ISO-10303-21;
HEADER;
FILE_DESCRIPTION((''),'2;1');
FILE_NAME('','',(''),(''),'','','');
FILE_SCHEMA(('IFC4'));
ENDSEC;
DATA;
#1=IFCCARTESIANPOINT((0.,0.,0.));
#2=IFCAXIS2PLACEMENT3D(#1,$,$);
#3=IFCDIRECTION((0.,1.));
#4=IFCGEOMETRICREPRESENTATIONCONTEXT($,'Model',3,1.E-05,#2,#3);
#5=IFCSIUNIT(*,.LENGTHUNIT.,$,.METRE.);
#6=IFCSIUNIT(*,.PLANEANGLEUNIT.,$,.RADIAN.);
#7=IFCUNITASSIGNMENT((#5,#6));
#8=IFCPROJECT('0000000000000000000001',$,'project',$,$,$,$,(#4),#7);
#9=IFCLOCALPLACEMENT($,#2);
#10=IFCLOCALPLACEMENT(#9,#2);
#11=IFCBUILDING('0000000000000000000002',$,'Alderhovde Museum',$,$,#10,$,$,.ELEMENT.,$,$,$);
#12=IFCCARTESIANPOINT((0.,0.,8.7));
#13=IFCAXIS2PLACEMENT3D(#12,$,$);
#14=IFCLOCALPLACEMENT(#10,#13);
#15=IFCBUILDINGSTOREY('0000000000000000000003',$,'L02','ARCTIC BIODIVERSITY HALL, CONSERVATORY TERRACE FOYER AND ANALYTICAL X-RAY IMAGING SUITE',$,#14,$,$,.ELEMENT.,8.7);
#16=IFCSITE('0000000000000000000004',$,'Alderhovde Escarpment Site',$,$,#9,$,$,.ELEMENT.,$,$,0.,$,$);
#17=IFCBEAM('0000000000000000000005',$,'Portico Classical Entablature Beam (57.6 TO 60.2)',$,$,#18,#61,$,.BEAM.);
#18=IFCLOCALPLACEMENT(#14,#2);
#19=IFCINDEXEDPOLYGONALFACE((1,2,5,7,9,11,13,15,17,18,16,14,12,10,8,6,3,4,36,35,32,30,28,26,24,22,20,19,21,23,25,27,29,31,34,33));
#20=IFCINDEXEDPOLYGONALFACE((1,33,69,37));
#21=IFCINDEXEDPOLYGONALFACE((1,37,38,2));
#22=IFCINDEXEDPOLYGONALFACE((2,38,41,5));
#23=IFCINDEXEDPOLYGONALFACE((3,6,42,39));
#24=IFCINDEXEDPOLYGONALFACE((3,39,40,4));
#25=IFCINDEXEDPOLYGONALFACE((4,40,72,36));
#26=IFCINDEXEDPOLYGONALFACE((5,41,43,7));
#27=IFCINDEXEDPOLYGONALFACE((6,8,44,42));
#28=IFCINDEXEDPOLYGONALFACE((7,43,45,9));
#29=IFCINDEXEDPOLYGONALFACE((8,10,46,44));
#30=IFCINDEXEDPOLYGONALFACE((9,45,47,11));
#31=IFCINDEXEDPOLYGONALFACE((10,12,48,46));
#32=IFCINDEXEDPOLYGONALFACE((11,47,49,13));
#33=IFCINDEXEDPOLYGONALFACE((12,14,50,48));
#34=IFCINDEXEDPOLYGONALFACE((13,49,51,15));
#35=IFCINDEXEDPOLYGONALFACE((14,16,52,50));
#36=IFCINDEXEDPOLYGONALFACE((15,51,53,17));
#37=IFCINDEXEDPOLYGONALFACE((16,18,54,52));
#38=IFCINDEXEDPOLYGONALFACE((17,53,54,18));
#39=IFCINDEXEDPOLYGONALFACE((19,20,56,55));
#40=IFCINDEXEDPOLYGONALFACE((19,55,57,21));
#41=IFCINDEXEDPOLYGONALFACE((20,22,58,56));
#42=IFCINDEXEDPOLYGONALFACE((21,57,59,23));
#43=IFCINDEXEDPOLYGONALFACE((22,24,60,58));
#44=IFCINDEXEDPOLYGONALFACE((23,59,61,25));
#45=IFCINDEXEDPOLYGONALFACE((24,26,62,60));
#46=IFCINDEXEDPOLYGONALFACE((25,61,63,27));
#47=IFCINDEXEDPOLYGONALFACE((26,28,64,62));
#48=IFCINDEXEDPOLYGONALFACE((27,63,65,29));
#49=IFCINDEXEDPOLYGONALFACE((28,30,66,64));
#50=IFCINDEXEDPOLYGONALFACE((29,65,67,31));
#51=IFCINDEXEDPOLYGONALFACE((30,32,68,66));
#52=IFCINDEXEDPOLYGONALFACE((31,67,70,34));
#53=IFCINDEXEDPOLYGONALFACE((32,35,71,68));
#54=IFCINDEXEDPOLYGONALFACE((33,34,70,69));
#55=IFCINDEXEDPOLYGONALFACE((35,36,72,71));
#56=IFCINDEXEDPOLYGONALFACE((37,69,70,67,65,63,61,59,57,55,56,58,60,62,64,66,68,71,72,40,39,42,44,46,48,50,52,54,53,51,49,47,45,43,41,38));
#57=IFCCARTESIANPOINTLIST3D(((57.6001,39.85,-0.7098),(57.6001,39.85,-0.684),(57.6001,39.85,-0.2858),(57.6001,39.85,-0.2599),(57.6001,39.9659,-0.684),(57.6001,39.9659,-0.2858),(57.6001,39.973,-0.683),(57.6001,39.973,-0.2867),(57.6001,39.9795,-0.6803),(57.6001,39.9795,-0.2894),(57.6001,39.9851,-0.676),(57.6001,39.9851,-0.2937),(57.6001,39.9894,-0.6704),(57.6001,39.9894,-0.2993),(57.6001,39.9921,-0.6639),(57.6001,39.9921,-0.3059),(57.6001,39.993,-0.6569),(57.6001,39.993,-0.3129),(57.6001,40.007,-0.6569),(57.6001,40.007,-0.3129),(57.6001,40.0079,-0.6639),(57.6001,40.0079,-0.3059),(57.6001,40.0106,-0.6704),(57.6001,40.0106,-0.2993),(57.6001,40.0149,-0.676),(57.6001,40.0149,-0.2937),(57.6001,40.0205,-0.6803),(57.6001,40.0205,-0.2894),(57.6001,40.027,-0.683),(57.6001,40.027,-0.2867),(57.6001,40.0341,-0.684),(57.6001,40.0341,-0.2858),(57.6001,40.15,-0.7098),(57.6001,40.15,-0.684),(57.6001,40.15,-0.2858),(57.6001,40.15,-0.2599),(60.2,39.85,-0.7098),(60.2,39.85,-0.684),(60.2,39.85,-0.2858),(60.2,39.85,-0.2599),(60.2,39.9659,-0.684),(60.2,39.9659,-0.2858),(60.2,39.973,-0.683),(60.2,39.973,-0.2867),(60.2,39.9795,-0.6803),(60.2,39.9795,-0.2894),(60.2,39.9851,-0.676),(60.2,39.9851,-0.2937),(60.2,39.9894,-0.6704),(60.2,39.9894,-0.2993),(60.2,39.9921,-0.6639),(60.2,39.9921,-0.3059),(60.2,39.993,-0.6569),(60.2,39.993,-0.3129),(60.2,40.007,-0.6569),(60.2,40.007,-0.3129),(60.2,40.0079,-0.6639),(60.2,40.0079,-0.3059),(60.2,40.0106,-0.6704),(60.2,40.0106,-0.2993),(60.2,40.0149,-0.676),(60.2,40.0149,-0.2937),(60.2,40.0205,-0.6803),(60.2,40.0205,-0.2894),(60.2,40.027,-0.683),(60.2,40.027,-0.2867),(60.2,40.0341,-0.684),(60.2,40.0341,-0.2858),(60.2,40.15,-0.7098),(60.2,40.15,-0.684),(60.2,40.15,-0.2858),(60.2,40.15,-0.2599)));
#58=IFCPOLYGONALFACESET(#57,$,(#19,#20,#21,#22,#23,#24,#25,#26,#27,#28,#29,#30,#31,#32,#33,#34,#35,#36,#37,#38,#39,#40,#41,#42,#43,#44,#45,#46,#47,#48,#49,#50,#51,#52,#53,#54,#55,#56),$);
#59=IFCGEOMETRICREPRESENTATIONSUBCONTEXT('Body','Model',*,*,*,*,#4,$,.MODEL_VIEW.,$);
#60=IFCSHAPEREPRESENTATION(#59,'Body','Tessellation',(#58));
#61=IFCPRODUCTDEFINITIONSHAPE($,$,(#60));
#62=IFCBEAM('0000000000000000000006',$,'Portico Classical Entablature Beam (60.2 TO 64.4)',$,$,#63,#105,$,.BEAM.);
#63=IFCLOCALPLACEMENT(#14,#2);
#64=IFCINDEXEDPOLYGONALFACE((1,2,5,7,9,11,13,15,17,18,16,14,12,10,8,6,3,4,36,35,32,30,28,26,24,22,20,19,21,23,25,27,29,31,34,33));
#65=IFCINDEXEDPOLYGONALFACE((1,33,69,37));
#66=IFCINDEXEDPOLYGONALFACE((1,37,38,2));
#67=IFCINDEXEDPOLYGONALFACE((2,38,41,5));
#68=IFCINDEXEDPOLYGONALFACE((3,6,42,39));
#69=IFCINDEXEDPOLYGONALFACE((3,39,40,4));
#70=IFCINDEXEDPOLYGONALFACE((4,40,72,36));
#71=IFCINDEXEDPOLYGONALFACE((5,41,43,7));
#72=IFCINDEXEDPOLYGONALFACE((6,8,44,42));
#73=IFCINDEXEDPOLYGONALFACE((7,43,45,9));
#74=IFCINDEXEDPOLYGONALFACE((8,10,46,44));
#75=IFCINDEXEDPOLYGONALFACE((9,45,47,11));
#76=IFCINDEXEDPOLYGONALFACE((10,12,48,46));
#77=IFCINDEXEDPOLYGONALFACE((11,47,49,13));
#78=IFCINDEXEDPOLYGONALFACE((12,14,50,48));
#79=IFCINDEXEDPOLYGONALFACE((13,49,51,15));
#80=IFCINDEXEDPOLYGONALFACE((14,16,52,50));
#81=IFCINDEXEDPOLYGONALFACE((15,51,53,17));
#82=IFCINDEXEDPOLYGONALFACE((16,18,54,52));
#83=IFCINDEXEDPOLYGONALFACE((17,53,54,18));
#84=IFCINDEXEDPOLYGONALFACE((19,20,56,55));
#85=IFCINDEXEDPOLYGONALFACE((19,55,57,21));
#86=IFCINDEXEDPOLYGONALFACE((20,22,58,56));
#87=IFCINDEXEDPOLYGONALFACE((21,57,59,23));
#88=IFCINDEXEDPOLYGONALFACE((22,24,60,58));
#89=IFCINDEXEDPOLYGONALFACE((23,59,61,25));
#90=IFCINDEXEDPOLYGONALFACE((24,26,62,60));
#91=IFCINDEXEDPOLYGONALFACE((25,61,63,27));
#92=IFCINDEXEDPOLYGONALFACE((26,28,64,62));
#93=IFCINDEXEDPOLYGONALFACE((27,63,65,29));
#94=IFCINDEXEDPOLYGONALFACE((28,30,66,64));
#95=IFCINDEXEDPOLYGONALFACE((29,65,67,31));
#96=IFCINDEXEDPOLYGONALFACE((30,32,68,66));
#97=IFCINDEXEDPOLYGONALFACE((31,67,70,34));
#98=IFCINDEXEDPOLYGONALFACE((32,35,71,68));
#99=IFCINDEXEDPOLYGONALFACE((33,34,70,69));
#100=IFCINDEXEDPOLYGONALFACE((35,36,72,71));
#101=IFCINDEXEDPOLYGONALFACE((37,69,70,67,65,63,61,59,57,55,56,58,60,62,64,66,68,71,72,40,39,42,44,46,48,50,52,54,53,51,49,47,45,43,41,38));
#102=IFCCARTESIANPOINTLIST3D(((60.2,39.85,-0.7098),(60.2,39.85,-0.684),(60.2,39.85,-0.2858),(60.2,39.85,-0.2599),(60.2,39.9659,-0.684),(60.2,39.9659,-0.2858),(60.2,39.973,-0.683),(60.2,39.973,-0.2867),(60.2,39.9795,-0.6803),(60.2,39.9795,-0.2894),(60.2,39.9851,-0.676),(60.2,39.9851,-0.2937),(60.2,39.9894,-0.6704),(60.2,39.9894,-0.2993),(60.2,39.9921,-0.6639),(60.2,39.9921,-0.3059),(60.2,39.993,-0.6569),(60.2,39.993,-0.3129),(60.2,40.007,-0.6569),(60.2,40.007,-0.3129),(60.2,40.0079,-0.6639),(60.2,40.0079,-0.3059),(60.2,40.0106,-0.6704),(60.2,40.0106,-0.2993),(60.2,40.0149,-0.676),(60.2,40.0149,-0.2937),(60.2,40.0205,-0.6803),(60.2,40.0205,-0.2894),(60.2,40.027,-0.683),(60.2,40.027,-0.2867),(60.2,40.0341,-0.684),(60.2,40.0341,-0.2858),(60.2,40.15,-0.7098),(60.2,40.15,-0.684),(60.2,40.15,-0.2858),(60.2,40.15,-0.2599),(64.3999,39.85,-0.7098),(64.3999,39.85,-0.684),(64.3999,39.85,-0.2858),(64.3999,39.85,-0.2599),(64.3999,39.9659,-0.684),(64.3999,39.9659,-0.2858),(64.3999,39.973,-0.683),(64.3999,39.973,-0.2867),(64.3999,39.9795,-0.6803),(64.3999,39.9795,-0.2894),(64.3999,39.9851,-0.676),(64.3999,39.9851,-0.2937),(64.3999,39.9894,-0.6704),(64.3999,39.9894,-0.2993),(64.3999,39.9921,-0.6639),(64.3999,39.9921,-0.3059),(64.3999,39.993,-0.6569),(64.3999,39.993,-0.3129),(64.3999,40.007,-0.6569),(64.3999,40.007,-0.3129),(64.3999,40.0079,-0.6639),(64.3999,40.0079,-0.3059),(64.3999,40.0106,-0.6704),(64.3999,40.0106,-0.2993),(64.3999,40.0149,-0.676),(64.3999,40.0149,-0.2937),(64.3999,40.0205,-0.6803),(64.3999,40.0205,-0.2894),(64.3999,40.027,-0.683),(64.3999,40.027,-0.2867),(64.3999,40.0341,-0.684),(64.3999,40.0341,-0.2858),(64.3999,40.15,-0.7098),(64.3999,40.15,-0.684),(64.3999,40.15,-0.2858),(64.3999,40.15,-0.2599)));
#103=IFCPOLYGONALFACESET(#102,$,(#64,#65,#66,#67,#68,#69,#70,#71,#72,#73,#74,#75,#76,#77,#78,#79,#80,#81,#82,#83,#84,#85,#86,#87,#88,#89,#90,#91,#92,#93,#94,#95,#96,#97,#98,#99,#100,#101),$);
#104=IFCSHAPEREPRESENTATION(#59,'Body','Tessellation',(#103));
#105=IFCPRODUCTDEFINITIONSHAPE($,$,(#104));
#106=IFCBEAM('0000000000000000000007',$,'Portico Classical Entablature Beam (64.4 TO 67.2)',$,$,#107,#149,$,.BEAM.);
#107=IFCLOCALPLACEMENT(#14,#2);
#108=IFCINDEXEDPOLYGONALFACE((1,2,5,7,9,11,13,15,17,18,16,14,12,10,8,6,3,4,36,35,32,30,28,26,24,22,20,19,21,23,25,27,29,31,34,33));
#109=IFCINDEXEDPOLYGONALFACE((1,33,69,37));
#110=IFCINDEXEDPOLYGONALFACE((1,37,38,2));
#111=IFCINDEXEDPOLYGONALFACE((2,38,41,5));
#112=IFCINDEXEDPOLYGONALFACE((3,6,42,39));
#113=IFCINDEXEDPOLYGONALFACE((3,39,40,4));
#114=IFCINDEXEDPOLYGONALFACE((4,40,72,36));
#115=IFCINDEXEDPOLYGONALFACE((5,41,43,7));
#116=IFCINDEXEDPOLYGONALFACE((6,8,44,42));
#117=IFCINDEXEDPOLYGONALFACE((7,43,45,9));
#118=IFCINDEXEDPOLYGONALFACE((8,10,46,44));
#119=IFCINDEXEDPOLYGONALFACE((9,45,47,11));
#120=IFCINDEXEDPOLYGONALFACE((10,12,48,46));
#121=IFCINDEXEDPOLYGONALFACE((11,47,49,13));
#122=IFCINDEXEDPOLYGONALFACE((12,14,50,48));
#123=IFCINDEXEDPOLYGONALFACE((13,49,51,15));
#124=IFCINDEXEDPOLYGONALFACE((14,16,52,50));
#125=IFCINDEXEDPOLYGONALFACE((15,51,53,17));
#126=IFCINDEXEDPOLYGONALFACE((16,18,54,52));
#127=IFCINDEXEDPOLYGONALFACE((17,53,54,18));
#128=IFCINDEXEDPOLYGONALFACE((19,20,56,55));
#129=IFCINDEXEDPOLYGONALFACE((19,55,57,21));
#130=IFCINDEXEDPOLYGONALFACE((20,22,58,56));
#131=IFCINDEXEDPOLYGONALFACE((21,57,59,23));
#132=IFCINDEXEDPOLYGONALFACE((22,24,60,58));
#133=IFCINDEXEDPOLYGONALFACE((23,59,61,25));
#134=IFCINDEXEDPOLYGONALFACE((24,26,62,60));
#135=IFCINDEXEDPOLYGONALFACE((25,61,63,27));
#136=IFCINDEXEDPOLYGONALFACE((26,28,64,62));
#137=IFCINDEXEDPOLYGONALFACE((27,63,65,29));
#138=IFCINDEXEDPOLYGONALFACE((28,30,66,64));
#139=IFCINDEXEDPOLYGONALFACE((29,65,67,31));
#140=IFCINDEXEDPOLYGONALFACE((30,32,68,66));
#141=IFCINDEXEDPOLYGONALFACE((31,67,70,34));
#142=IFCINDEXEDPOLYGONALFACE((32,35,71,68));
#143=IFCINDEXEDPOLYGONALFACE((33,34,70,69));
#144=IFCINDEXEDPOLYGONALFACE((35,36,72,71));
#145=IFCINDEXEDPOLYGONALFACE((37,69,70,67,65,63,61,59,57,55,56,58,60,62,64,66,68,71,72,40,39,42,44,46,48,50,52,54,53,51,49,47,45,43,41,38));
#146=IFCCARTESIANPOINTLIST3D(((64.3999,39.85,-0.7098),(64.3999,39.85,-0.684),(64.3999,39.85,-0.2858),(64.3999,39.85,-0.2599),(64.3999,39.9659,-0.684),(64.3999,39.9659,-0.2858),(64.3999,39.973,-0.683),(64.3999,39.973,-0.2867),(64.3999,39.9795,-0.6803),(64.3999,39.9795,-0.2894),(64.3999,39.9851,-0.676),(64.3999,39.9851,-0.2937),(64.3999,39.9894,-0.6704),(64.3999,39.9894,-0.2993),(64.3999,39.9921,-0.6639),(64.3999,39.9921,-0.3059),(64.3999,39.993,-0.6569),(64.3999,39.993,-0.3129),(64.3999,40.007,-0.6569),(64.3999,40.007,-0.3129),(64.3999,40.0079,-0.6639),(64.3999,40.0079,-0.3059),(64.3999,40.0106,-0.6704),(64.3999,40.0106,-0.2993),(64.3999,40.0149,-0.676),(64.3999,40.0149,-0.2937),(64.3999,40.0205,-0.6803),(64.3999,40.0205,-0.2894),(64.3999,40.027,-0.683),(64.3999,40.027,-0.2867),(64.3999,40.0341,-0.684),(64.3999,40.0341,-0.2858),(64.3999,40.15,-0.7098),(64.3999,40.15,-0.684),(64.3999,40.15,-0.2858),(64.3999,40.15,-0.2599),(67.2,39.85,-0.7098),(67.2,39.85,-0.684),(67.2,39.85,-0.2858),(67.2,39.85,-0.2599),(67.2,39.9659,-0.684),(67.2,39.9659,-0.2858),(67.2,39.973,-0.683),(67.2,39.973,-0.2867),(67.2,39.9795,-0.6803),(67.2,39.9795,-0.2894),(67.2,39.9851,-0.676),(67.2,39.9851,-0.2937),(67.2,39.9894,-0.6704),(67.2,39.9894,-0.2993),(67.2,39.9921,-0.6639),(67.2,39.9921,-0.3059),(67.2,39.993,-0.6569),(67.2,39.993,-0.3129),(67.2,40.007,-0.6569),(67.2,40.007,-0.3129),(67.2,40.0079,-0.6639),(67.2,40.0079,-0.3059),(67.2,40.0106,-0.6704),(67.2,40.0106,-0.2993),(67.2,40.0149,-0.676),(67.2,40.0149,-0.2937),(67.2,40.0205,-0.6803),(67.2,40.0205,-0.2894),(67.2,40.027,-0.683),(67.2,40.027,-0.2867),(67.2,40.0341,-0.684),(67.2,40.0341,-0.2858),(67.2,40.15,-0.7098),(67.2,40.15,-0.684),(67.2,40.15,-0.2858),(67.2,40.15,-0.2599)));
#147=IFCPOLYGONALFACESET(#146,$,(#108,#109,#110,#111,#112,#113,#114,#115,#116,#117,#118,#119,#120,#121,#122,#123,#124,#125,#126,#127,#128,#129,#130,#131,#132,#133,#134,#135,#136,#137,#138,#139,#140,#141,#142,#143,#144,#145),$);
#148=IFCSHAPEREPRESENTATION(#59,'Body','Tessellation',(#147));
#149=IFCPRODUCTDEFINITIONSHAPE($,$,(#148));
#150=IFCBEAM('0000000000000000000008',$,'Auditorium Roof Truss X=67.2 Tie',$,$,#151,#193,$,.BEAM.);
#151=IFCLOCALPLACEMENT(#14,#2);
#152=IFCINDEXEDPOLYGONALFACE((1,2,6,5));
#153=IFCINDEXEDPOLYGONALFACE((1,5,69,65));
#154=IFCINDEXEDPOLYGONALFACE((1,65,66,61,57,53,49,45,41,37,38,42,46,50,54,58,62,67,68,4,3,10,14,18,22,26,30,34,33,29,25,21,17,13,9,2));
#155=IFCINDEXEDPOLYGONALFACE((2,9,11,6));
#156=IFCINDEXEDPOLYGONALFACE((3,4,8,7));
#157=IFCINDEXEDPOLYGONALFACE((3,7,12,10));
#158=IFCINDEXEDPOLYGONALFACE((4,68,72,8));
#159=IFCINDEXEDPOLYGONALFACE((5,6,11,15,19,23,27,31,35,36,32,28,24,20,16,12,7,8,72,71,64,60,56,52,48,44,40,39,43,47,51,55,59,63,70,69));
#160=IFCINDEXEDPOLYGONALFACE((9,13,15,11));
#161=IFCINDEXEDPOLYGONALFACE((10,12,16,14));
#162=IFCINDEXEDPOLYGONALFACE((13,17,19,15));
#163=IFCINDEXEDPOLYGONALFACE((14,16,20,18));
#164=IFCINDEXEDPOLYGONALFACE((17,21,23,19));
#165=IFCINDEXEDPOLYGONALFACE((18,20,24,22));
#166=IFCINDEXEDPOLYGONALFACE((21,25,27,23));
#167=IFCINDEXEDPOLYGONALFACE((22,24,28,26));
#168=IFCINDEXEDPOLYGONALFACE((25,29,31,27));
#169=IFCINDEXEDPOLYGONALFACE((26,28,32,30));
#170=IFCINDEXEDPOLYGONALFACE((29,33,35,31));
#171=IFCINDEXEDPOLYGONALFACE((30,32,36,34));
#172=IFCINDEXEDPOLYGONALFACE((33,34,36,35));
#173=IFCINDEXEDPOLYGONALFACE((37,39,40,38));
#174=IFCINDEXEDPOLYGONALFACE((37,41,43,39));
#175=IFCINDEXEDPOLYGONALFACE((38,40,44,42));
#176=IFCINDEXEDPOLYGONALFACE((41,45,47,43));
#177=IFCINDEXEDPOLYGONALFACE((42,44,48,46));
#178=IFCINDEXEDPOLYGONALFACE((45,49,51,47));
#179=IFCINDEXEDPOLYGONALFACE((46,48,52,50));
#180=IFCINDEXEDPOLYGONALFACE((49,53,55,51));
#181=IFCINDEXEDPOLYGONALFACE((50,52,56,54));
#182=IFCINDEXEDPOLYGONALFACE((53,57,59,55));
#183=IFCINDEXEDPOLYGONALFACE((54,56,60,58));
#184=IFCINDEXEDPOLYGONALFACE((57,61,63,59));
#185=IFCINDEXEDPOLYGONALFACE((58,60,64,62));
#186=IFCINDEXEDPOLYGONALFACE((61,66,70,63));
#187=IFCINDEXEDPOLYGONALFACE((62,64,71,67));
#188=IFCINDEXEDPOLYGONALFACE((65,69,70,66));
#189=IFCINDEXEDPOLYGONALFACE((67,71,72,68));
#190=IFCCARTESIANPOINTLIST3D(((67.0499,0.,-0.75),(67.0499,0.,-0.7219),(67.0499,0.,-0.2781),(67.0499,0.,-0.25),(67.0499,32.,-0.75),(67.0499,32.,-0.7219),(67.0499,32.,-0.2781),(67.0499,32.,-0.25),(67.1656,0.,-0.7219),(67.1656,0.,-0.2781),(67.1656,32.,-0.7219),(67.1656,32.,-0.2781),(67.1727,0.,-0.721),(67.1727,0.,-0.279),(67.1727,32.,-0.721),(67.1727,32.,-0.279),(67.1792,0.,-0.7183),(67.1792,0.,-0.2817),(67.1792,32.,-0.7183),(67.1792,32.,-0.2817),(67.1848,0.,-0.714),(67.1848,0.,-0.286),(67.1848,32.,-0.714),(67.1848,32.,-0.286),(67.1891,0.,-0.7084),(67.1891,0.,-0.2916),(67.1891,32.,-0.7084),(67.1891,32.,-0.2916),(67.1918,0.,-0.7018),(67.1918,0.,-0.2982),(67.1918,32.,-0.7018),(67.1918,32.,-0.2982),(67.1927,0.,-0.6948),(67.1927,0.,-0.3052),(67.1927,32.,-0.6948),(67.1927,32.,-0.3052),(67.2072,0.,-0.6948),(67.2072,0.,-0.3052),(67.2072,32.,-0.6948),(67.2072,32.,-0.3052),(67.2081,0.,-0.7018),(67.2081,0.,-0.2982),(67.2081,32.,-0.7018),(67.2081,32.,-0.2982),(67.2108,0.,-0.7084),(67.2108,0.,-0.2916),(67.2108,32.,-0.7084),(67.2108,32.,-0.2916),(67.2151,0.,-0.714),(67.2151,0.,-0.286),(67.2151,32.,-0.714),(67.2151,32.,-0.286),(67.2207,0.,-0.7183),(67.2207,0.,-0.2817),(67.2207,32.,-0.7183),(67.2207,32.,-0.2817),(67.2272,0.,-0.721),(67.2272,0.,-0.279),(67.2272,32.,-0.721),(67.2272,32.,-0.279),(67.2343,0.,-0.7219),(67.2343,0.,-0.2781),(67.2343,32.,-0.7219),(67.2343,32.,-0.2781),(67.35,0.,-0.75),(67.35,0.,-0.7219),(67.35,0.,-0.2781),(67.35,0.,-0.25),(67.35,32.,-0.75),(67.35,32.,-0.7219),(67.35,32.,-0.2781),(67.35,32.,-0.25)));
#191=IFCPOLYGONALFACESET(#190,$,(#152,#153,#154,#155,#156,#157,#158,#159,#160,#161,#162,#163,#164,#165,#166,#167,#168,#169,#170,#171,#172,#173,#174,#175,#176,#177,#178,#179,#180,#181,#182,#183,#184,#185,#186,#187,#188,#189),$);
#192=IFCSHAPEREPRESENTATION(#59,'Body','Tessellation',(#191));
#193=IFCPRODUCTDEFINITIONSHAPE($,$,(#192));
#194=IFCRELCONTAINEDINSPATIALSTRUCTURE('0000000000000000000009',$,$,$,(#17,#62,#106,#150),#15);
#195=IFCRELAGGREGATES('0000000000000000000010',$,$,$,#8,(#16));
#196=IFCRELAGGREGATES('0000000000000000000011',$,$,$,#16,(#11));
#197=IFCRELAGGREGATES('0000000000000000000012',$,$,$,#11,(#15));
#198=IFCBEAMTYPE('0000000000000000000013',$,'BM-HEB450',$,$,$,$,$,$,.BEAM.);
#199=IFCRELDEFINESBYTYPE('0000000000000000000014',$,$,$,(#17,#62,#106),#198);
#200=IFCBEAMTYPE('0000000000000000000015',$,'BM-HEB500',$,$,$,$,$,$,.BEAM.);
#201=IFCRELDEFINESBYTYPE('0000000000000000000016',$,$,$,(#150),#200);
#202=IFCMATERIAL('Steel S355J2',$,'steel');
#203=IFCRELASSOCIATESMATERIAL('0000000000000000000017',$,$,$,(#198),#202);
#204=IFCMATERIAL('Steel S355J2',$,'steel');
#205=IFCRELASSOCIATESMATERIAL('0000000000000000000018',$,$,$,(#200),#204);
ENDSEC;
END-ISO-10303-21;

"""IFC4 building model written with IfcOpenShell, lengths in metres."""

from ifc_helpers import new_model, si_unit, direction, frame, origin, origin_2d, place, context, subcontext, project, spatial, i_section, extrude, material, material_profile, profile_set, type_object, element, save


model = new_model("IFC4")

# Units and contexts
model_context = context("Model", 3, precision=1e-05, world=origin(), true_north=direction((0.0, 1.0)))
body_context = subcontext(model_context, "Body", "Model", "MODEL_VIEW")
ifc_project = project(units=[si_unit("LENGTHUNIT", "METRE"), si_unit("PLANEANGLEUNIT", "RADIAN")], contexts=[model_context])

# Site, building, storey
site_placement = place(None, origin())
site = spatial("IfcSite", under=ifc_project, at=site_placement, Name="Alderhovde Escarpment Site", CompositionType="ELEMENT", RefElevation=0.0)
building_placement = place(site_placement, origin())
building = spatial("IfcBuilding", under=site, at=building_placement, Name="Alderhovde Museum", CompositionType="ELEMENT")
storey_placement = place(building_placement, frame((0.0, 0.0, 8.7)))
storey = spatial("IfcBuildingStorey", under=building, at=storey_placement, Name="L02", Description="ARCTIC BIODIVERSITY HALL, CONSERVATORY TERRACE FOYER AND ANALYTICAL X-RAY IMAGING SUITE", CompositionType="ELEMENT", Elevation=8.7)

# Beams
ifc_material_1 = material(Name="Steel S355J2", Category="steel")
ifc_material_profile_1 = material_profile(ifc_material_1, i_section(OverallWidth=0.3, OverallDepth=0.45, WebThickness=0.0139, FlangeThickness=0.0259, FilletRadius=0.0271, at=origin_2d()), Name="HEB 450")
ifc_profile_set_1 = profile_set([ifc_material_profile_1], Name="Steel S355J2")
beam_type_1 = type_object("IfcBeamType", Name="BM-HEB450", PredefinedType="BEAM", material=ifc_profile_set_1)
beam_1_placement = place(storey_placement, frame((57.6001, 40.0, -0.4849), z_axis=(1.0, 0.0, 0.0), x_axis=(0.0, 1.0, 0.0)))
element("IfcBeam", 1, at=beam_1_placement, inside=storey, type_object=beam_type_1, Name="Portico Classical Entablature Beam (57.6 TO 60.2)", PredefinedType="BEAM", context=body_context, shape_type="SweptSolid", body=[
    extrude(i_section(OverallWidth=0.3, OverallDepth=0.45, WebThickness=0.0139, FlangeThickness=0.0259, FilletRadius=0.0271, at=origin_2d()), origin(), (0.0, 0.0, 1.0), 2.5999),
])
beam_2_placement = place(storey_placement, frame((60.2, 40.0, -0.4849), z_axis=(1.0, 0.0, 0.0), x_axis=(0.0, 1.0, 0.0)))
element("IfcBeam", 2, at=beam_2_placement, inside=storey, type_object=beam_type_1, Name="Portico Classical Entablature Beam (60.2 TO 64.4)", PredefinedType="BEAM", context=body_context, shape_type="SweptSolid", body=[
    extrude(i_section(OverallWidth=0.3, OverallDepth=0.45, WebThickness=0.0139, FlangeThickness=0.0259, FilletRadius=0.0271, at=origin_2d()), origin(), (0.0, 0.0, 1.0), 4.2),
])
beam_3_placement = place(storey_placement, frame((64.3999, 40.0, -0.4849), z_axis=(1.0, 0.0, 0.0), x_axis=(0.0, 1.0, 0.0)))
element("IfcBeam", 3, at=beam_3_placement, inside=storey, type_object=beam_type_1, Name="Portico Classical Entablature Beam (64.4 TO 67.2)", PredefinedType="BEAM", context=body_context, shape_type="SweptSolid", body=[
    extrude(i_section(OverallWidth=0.3, OverallDepth=0.45, WebThickness=0.0139, FlangeThickness=0.0259, FilletRadius=0.0271, at=origin_2d()), origin(), (0.0, 0.0, 1.0), 2.8),
])
ifc_material_2 = material(Name="Steel S355J2", Category="steel")
ifc_material_profile_2 = material_profile(ifc_material_2, i_section(OverallWidth=0.3, OverallDepth=0.5, WebThickness=0.0144, FlangeThickness=0.0281, FilletRadius=0.0271, at=origin_2d()), Name="HEB 500")
ifc_profile_set_2 = profile_set([ifc_material_profile_2], Name="Steel S355J2")
beam_type_2 = type_object("IfcBeamType", Name="BM-HEB500", PredefinedType="BEAM", material=ifc_profile_set_2)
beam_4_placement = place(storey_placement, frame((67.2, 0.0, -0.5), z_axis=(0.0, 1.0, 0.0), x_axis=(-1.0, 0.0, 0.0)))
element("IfcBeam", 4, at=beam_4_placement, inside=storey, type_object=beam_type_2, Name="Auditorium Roof Truss X=67.2 Tie", PredefinedType="BEAM", context=body_context, shape_type="SweptSolid", body=[
    extrude(i_section(OverallWidth=0.3, OverallDepth=0.5, WebThickness=0.0144, FlangeThickness=0.0281, FilletRadius=0.0271, at=origin_2d()), origin(), (0.0, 0.0, 1.0), 32.0),
])

save(model, "model.ifc")
